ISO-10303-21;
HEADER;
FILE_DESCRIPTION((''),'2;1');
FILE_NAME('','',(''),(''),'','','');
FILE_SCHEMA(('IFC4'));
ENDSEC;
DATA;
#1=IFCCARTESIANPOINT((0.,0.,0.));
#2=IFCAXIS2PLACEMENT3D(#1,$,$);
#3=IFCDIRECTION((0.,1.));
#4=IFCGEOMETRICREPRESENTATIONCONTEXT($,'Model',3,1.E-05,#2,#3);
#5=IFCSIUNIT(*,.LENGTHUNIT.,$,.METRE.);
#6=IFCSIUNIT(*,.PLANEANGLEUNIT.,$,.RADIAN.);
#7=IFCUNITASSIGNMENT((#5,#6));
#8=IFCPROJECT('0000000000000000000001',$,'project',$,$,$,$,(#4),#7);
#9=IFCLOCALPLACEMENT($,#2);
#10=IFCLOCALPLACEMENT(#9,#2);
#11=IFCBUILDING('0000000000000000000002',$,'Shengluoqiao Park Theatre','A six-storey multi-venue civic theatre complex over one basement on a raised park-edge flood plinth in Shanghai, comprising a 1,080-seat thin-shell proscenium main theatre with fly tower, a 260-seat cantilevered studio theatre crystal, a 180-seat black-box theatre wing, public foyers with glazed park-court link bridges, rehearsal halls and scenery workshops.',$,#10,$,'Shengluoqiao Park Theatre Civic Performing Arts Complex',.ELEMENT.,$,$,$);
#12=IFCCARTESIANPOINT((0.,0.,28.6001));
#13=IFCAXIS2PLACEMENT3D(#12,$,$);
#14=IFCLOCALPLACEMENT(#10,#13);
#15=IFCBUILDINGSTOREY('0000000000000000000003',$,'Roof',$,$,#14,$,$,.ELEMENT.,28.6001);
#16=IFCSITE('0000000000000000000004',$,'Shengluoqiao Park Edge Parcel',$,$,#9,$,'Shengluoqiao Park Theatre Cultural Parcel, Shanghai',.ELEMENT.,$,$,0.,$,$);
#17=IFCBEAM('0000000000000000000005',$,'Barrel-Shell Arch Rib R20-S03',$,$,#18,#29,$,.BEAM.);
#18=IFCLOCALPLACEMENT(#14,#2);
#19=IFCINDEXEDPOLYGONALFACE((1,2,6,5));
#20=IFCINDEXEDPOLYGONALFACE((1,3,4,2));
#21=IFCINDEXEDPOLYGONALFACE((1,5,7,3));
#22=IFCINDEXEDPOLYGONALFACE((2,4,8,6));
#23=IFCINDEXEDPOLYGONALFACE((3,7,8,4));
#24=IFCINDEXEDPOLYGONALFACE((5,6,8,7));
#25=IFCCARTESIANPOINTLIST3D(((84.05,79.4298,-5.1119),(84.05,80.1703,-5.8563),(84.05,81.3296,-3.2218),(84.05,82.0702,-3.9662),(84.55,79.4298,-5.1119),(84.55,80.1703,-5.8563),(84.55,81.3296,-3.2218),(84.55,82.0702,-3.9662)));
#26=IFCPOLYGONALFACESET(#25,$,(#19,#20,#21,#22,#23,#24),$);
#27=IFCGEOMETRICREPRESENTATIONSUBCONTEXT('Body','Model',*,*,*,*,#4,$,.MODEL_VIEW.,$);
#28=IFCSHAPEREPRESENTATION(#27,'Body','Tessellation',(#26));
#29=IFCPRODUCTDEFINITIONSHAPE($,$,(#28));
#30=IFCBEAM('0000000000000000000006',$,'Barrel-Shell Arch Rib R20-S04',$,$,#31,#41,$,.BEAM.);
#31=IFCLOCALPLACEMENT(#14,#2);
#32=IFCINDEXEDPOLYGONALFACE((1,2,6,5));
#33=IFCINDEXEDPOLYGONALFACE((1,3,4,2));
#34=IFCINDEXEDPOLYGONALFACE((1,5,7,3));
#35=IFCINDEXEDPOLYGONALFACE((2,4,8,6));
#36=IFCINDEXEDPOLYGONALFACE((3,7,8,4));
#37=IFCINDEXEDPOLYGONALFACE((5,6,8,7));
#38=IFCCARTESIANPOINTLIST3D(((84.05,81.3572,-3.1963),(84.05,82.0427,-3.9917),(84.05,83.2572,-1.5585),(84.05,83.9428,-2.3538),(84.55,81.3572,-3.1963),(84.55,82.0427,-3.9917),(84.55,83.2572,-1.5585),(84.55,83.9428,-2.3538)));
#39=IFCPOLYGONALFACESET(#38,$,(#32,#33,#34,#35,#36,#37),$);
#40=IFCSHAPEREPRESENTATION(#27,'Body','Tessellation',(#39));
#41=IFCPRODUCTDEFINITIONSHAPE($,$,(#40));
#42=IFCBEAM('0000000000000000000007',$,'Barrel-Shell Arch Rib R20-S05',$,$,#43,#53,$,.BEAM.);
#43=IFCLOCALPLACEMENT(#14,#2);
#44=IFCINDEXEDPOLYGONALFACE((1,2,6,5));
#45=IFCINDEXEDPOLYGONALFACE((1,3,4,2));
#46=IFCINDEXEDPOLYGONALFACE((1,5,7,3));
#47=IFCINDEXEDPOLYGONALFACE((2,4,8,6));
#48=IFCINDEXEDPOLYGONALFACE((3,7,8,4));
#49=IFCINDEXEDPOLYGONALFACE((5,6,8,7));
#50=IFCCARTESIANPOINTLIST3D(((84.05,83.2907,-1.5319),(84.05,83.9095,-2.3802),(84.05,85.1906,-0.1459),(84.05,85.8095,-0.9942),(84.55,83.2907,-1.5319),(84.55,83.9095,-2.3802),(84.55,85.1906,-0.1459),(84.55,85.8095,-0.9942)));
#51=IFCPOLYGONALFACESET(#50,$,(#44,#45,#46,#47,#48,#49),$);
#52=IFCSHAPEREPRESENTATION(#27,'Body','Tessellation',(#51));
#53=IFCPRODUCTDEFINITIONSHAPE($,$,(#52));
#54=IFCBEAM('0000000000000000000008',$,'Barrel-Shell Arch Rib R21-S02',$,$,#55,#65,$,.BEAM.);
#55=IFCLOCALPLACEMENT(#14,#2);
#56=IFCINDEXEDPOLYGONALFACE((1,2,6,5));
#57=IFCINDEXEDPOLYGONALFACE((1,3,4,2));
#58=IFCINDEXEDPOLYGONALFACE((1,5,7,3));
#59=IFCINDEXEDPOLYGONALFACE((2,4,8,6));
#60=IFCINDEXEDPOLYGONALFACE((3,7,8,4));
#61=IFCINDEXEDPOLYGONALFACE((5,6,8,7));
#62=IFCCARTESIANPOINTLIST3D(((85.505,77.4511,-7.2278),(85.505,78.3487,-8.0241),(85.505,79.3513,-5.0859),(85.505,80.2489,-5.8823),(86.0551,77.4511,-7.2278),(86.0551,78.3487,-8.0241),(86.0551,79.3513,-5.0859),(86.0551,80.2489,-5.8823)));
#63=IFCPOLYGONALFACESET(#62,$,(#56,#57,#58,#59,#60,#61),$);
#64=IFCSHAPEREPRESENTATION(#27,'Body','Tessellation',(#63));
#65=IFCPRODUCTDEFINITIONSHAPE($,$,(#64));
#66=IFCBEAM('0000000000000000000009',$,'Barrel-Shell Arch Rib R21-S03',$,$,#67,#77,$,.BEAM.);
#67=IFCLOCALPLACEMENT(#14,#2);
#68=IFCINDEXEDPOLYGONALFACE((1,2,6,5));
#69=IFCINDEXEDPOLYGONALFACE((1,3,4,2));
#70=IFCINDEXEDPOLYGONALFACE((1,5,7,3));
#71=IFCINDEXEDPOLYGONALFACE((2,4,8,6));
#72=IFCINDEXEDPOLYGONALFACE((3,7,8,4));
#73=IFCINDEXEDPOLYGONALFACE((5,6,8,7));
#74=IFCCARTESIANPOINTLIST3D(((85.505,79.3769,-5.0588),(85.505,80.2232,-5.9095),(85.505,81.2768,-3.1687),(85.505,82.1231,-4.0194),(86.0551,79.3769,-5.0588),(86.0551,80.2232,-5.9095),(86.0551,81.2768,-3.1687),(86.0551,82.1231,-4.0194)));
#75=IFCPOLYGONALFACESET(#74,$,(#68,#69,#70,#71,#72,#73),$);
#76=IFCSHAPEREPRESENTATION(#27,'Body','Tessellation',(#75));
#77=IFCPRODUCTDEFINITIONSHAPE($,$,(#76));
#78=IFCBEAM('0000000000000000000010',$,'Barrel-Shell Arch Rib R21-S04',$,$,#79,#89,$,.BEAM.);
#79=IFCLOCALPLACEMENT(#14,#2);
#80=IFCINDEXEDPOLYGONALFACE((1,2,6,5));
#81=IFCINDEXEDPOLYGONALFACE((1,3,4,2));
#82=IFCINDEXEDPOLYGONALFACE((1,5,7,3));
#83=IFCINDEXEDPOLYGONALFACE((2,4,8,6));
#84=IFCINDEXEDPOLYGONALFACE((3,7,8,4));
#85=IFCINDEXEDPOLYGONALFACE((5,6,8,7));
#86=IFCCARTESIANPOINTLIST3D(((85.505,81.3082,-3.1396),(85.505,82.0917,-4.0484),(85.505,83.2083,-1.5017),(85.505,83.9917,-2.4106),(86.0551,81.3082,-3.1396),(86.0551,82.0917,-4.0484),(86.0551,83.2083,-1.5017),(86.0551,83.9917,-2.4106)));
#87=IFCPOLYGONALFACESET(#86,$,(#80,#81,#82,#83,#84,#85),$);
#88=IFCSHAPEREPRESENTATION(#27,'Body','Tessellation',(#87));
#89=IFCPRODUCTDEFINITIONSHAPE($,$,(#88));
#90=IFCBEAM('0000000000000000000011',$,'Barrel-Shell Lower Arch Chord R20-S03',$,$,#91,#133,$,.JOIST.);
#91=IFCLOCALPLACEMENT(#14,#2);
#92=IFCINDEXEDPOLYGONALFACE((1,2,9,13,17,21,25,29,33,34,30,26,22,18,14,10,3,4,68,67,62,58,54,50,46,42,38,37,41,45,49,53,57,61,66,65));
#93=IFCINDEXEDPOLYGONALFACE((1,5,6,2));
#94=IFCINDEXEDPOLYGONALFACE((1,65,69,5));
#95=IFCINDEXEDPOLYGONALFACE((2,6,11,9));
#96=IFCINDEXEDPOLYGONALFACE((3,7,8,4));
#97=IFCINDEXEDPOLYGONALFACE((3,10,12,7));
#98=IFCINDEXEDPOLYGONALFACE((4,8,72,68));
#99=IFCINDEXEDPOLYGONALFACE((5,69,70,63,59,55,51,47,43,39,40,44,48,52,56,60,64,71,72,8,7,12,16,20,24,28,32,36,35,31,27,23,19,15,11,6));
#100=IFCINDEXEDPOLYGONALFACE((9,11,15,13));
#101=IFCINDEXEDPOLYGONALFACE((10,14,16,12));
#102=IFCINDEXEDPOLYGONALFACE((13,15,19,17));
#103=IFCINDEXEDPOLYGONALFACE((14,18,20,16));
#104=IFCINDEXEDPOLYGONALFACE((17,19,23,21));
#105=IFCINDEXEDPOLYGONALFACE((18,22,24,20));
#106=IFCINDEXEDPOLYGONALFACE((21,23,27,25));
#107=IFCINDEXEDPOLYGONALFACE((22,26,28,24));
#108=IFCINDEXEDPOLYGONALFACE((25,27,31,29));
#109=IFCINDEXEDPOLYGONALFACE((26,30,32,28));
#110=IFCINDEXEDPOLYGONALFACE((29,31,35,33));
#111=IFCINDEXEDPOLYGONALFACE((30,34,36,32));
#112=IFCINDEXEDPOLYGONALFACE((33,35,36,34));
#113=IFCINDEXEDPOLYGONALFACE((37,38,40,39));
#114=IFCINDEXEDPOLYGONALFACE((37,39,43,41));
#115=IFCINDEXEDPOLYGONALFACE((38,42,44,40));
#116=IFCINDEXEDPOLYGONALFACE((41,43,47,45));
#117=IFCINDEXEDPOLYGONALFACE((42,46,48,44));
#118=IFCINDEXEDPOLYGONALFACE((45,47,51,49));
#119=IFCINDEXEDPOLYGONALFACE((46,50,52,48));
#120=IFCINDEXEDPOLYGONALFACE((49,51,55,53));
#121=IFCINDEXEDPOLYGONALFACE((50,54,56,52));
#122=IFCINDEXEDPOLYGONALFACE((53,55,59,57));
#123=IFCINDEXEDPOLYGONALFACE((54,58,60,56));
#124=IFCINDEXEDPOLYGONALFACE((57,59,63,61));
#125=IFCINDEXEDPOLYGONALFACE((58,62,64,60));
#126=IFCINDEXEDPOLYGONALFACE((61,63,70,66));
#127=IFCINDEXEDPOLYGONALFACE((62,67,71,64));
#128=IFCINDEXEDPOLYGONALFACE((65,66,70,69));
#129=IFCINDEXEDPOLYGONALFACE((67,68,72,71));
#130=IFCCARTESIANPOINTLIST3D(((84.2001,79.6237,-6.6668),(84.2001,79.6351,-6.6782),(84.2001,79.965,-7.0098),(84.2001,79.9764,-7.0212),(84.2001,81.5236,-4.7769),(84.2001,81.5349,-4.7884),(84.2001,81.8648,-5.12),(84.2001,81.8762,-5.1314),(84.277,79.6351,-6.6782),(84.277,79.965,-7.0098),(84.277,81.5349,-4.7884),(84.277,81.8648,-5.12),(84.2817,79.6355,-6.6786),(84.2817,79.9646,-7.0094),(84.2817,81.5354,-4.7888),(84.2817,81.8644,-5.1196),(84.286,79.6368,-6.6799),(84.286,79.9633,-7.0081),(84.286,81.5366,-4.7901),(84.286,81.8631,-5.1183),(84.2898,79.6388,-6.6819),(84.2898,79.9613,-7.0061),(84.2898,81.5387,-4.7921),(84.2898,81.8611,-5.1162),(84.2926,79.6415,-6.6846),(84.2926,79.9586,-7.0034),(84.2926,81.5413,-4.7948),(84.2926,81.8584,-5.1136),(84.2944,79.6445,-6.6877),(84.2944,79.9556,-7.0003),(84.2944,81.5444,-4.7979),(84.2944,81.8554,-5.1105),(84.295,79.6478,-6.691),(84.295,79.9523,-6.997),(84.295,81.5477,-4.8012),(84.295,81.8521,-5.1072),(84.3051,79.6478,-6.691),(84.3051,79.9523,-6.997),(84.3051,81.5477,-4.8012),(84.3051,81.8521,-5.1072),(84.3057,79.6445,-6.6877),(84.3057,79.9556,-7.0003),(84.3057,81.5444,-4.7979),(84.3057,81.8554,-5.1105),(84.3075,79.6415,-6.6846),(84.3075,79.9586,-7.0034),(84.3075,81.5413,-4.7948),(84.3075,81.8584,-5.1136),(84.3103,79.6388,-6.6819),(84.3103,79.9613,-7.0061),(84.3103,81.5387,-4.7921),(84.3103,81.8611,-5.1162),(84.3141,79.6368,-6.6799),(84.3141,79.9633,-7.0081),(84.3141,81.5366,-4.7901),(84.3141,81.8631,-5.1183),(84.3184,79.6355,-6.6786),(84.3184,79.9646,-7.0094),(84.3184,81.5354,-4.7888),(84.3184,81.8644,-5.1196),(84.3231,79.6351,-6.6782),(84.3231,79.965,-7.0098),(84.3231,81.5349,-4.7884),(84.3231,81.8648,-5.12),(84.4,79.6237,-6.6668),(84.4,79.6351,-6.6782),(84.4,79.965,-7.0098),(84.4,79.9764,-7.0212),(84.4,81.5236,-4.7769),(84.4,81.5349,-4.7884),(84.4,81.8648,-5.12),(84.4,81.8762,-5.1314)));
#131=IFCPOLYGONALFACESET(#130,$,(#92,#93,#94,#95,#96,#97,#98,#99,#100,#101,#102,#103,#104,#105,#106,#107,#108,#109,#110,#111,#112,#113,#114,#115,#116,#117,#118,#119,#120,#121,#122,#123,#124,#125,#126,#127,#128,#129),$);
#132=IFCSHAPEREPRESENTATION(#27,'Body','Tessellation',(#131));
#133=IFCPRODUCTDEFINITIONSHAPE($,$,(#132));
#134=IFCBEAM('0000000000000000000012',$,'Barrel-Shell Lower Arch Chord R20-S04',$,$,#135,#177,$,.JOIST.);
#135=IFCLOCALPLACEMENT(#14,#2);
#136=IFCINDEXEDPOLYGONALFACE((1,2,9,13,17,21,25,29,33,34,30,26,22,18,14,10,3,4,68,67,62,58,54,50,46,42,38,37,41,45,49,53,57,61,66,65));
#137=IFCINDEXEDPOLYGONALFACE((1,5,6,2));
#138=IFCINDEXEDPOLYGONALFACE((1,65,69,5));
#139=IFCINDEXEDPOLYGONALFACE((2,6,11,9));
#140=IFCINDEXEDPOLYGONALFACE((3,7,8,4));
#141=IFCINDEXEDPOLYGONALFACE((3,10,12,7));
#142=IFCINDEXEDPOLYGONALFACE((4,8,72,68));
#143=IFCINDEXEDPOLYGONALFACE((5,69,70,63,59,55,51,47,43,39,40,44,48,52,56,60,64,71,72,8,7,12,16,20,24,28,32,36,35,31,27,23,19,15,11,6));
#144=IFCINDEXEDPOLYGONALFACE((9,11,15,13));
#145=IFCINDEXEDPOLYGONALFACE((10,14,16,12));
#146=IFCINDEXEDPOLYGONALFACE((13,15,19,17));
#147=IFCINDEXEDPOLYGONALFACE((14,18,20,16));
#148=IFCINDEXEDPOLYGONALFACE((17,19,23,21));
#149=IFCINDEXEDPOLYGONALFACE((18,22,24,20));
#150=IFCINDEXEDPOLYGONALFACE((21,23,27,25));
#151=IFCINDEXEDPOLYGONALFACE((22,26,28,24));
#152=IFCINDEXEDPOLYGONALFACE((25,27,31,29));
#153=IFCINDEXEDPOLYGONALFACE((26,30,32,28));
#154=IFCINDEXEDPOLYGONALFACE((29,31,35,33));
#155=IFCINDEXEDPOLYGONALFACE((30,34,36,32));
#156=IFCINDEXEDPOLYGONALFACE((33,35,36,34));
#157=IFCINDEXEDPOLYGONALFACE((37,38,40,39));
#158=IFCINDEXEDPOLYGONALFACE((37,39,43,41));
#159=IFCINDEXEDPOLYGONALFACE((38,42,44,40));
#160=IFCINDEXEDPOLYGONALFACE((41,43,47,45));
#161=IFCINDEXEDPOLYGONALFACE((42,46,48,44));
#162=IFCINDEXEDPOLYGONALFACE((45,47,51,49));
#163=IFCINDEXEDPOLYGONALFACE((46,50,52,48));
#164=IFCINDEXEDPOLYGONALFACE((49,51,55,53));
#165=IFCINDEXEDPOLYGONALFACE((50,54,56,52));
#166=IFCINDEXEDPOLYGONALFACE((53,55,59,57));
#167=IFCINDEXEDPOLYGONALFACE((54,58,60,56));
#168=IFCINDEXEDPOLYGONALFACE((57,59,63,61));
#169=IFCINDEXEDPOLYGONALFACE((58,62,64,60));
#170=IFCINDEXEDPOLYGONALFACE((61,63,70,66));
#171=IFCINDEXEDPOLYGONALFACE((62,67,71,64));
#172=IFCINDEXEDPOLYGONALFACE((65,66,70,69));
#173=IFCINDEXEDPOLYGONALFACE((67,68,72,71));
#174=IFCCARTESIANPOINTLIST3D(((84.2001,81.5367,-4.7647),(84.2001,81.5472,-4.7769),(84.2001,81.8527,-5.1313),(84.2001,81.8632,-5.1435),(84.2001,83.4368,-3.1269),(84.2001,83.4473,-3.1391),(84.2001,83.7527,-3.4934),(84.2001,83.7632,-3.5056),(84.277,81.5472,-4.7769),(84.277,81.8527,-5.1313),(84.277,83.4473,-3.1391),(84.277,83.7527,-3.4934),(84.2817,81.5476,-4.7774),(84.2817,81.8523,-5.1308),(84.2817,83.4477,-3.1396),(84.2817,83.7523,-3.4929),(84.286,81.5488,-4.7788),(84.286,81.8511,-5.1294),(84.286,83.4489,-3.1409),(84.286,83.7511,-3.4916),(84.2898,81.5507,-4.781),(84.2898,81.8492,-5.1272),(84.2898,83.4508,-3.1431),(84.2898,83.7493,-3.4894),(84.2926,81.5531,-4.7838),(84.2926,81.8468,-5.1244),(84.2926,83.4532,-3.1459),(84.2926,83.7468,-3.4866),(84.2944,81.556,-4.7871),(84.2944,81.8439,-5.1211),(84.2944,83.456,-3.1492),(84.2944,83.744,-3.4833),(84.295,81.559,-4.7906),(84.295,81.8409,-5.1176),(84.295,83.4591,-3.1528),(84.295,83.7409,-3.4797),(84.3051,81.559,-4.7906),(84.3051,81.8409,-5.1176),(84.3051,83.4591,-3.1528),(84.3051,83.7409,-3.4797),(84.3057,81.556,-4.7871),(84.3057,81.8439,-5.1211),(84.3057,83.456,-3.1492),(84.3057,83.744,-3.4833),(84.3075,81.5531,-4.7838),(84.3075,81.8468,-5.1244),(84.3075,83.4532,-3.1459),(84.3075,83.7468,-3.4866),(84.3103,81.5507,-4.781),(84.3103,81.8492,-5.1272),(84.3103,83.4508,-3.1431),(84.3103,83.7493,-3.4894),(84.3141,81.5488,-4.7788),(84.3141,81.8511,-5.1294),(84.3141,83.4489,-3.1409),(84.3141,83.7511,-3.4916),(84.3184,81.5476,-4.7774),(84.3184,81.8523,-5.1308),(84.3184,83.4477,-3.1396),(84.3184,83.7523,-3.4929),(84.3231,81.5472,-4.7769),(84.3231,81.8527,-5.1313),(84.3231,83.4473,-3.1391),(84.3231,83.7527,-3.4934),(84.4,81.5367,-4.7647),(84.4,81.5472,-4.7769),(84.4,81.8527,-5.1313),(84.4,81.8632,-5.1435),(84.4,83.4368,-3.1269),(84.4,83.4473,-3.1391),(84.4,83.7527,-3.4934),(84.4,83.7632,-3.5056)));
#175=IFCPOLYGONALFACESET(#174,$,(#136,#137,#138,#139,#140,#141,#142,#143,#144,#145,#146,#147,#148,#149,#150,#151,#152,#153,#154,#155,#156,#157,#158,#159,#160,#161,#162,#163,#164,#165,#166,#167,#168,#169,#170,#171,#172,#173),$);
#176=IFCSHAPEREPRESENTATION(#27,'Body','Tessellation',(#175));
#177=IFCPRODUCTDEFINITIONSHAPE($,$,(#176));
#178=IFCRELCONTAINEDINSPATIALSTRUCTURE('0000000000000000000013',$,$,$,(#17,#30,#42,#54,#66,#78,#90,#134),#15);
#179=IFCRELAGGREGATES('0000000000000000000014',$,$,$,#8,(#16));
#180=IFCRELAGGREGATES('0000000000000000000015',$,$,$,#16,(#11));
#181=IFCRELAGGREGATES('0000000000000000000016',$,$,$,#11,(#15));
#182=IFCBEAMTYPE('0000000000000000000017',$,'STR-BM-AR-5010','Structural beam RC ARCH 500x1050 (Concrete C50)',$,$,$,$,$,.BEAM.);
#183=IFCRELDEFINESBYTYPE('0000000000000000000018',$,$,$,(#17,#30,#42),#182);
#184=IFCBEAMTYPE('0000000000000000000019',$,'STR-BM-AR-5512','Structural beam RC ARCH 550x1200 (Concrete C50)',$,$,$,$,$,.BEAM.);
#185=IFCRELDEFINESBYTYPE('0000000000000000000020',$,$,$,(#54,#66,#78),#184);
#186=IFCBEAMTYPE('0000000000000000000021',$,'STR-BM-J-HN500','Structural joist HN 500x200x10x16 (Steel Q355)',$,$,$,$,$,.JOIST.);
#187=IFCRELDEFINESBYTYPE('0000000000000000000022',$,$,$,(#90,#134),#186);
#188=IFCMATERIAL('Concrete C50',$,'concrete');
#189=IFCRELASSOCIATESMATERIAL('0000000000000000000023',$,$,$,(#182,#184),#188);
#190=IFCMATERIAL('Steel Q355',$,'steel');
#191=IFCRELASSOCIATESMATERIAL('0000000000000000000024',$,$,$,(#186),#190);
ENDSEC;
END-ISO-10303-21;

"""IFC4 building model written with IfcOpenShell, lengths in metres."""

from ifc_helpers import new_model, si_unit, direction, frame, origin, origin_2d, place, context, subcontext, project, spatial, rectangle, i_section, extrude, material, material_profile, profile_set, type_object, element, save


model = new_model("IFC4")

# Units and contexts
model_context = context("Model", 3, precision=1e-05, world=origin(), true_north=direction((0.0, 1.0)))
body_context = subcontext(model_context, "Body", "Model", "MODEL_VIEW")
ifc_project = project(units=[si_unit("LENGTHUNIT", "METRE"), si_unit("PLANEANGLEUNIT", "RADIAN")], contexts=[model_context])

# Site, building, storey
site_placement = place(None, origin())
site = spatial("IfcSite", under=ifc_project, at=site_placement, Name="Shengluoqiao Park Edge Parcel", LongName="Shengluoqiao Park Theatre Cultural Parcel, Shanghai", CompositionType="ELEMENT", RefElevation=0.0)
building_placement = place(site_placement, origin())
building = spatial("IfcBuilding", under=site, at=building_placement, Name="Shengluoqiao Park Theatre", Description="A six-storey multi-venue civic theatre complex over one basement on a raised park-edge flood plinth in Shanghai, comprising a 1,080-seat thin-shell proscenium main theatre with fly tower, a 260-seat cantilevered studio theatre crystal, a 180-seat black-box theatre wing, public foyers with glazed park-court link bridges, rehearsal halls and scenery workshops.", LongName="Shengluoqiao Park Theatre Civic Performing Arts Complex", CompositionType="ELEMENT")
storey_placement = place(building_placement, frame((0.0, 0.0, 28.6001)))
storey = spatial("IfcBuildingStorey", under=building, at=storey_placement, Name="Roof", CompositionType="ELEMENT", Elevation=28.6001)

# Beams
ifc_material_1 = material(Name="Concrete C50", Category="concrete")
ifc_material_profile_1 = material_profile(ifc_material_1, rectangle(XDim=0.5, YDim=1.05, at=origin_2d()), Name="RC ARCH 500x1050")
ifc_profile_set_1 = profile_set([ifc_material_profile_1], Name="Concrete C50")
beam_type_1 = type_object("IfcBeamType", Name="STR-BM-AR-5010", Description="Structural beam RC ARCH 500x1050 (Concrete C50)", PredefinedType="BEAM", material=ifc_profile_set_1)
beam_1_placement = place(storey_placement, frame((84.3, 79.8, -5.4841), z_axis=(0.0, 0.708926, 0.705282), x_axis=(-1.0, 0.0, 0.0)))
element("IfcBeam", 1, at=beam_1_placement, inside=storey, type_object=beam_type_1, Name="Barrel-Shell Arch Rib R20-S03", PredefinedType="BEAM", context=body_context, shape_type="SweptSolid", body=[
    extrude(rectangle(XDim=0.5, YDim=1.05, at=origin_2d()), origin(), (0.0, 0.0, 1.0), 2.6799),
])
beam_2_placement = place(storey_placement, frame((84.3, 81.7, -3.594), z_axis=(0.0, 0.757433, 0.652913), x_axis=(-1.0, 0.0, 0.0)))
element("IfcBeam", 2, at=beam_2_placement, inside=storey, type_object=beam_type_1, Name="Barrel-Shell Arch Rib R20-S04", PredefinedType="BEAM", context=body_context, shape_type="SweptSolid", body=[
    extrude(rectangle(XDim=0.5, YDim=1.05, at=origin_2d()), origin(), (0.0, 0.0, 1.0), 2.5085),
])
beam_3_placement = place(storey_placement, frame((84.3, 83.6001, -1.9561), z_axis=(0.0, 0.807878, 0.58935), x_axis=(-1.0, 0.0, 0.0)))
element("IfcBeam", 3, at=beam_3_placement, inside=storey, type_object=beam_type_1, Name="Barrel-Shell Arch Rib R20-S05", PredefinedType="BEAM", context=body_context, shape_type="SweptSolid", body=[
    extrude(rectangle(XDim=0.5, YDim=1.05, at=origin_2d()), origin(), (0.0, 0.0, 1.0), 2.3518),
])
ifc_material_profile_2 = material_profile(ifc_material_1, rectangle(XDim=0.55, YDim=1.2, at=origin_2d()), Name="RC ARCH 550x1200")
ifc_profile_set_2 = profile_set([ifc_material_profile_2], Name="Concrete C50")
beam_type_2 = type_object("IfcBeamType", Name="STR-BM-AR-5512", Description="Structural beam RC ARCH 550x1200 (Concrete C50)", PredefinedType="BEAM", material=ifc_profile_set_2)
beam_4_placement = place(storey_placement, frame((85.78, 77.8999, -7.626), z_axis=(0.0, 0.663638, 0.748053), x_axis=(-1.0, 0.0, 0.0)))
element("IfcBeam", 4, at=beam_4_placement, inside=storey, type_object=beam_type_2, Name="Barrel-Shell Arch Rib R21-S02", PredefinedType="BEAM", context=body_context, shape_type="SweptSolid", body=[
    extrude(rectangle(XDim=0.55, YDim=1.2, at=origin_2d()), origin(), (0.0, 0.0, 1.0), 2.8633),
])
beam_5_placement = place(storey_placement, frame((85.78, 79.8, -5.4841), z_axis=(0.0, 0.708926, 0.705282), x_axis=(-1.0, 0.0, 0.0)))
element("IfcBeam", 5, at=beam_5_placement, inside=storey, type_object=beam_type_2, Name="Barrel-Shell Arch Rib R21-S03", PredefinedType="BEAM", context=body_context, shape_type="SweptSolid", body=[
    extrude(rectangle(XDim=0.55, YDim=1.2, at=origin_2d()), origin(), (0.0, 0.0, 1.0), 2.6799),
])
beam_6_placement = place(storey_placement, frame((85.78, 81.7, -3.594), z_axis=(0.0, 0.757433, 0.652913), x_axis=(-1.0, 0.0, 0.0)))
element("IfcBeam", 6, at=beam_6_placement, inside=storey, type_object=beam_type_2, Name="Barrel-Shell Arch Rib R21-S04", PredefinedType="BEAM", context=body_context, shape_type="SweptSolid", body=[
    extrude(rectangle(XDim=0.55, YDim=1.2, at=origin_2d()), origin(), (0.0, 0.0, 1.0), 2.5085),
])
ifc_material_2 = material(Name="Steel Q355", Category="steel")
ifc_material_profile_3 = material_profile(ifc_material_2, i_section(OverallWidth=0.2, OverallDepth=0.5, WebThickness=0.01, FlangeThickness=0.0161, FilletRadius=0.0181, at=origin_2d()), Name="HN 500x200x10x16")
ifc_profile_set_3 = profile_set([ifc_material_profile_3], Name="Steel Q355")
beam_type_3 = type_object("IfcBeamType", Name="STR-BM-J-HN500", Description="Structural joist HN 500x200x10x16 (Steel Q355)", PredefinedType="JOIST", material=ifc_profile_set_3)
beam_7_placement = place(storey_placement, frame((84.3, 79.8, -6.844), z_axis=(0.0, 0.708972, 0.705237), x_axis=(-1.0, 0.0, 0.0)))
element("IfcBeam", 7, at=beam_7_placement, inside=storey, type_object=beam_type_3, Name="Barrel-Shell Lower Arch Chord R20-S03", PredefinedType="JOIST", context=body_context, shape_type="SweptSolid", body=[
    extrude(i_section(OverallWidth=0.2, OverallDepth=0.5, WebThickness=0.01, FlangeThickness=0.0161, FilletRadius=0.0181, at=origin_2d()), origin(), (0.0, 0.0, 1.0), 2.6797),
])
beam_8_placement = place(storey_placement, frame((84.3, 81.7, -4.9541), z_axis=(0.0, 0.757433, 0.652913), x_axis=(-1.0, 0.0, 0.0)))
element("IfcBeam", 8, at=beam_8_placement, inside=storey, type_object=beam_type_3, Name="Barrel-Shell Lower Arch Chord R20-S04", PredefinedType="JOIST", context=body_context, shape_type="SweptSolid", body=[
    extrude(i_section(OverallWidth=0.2, OverallDepth=0.5, WebThickness=0.01, FlangeThickness=0.0161, FilletRadius=0.0181, at=origin_2d()), origin(), (0.0, 0.0, 1.0), 2.5085),
])

save(model, "model.ifc")
